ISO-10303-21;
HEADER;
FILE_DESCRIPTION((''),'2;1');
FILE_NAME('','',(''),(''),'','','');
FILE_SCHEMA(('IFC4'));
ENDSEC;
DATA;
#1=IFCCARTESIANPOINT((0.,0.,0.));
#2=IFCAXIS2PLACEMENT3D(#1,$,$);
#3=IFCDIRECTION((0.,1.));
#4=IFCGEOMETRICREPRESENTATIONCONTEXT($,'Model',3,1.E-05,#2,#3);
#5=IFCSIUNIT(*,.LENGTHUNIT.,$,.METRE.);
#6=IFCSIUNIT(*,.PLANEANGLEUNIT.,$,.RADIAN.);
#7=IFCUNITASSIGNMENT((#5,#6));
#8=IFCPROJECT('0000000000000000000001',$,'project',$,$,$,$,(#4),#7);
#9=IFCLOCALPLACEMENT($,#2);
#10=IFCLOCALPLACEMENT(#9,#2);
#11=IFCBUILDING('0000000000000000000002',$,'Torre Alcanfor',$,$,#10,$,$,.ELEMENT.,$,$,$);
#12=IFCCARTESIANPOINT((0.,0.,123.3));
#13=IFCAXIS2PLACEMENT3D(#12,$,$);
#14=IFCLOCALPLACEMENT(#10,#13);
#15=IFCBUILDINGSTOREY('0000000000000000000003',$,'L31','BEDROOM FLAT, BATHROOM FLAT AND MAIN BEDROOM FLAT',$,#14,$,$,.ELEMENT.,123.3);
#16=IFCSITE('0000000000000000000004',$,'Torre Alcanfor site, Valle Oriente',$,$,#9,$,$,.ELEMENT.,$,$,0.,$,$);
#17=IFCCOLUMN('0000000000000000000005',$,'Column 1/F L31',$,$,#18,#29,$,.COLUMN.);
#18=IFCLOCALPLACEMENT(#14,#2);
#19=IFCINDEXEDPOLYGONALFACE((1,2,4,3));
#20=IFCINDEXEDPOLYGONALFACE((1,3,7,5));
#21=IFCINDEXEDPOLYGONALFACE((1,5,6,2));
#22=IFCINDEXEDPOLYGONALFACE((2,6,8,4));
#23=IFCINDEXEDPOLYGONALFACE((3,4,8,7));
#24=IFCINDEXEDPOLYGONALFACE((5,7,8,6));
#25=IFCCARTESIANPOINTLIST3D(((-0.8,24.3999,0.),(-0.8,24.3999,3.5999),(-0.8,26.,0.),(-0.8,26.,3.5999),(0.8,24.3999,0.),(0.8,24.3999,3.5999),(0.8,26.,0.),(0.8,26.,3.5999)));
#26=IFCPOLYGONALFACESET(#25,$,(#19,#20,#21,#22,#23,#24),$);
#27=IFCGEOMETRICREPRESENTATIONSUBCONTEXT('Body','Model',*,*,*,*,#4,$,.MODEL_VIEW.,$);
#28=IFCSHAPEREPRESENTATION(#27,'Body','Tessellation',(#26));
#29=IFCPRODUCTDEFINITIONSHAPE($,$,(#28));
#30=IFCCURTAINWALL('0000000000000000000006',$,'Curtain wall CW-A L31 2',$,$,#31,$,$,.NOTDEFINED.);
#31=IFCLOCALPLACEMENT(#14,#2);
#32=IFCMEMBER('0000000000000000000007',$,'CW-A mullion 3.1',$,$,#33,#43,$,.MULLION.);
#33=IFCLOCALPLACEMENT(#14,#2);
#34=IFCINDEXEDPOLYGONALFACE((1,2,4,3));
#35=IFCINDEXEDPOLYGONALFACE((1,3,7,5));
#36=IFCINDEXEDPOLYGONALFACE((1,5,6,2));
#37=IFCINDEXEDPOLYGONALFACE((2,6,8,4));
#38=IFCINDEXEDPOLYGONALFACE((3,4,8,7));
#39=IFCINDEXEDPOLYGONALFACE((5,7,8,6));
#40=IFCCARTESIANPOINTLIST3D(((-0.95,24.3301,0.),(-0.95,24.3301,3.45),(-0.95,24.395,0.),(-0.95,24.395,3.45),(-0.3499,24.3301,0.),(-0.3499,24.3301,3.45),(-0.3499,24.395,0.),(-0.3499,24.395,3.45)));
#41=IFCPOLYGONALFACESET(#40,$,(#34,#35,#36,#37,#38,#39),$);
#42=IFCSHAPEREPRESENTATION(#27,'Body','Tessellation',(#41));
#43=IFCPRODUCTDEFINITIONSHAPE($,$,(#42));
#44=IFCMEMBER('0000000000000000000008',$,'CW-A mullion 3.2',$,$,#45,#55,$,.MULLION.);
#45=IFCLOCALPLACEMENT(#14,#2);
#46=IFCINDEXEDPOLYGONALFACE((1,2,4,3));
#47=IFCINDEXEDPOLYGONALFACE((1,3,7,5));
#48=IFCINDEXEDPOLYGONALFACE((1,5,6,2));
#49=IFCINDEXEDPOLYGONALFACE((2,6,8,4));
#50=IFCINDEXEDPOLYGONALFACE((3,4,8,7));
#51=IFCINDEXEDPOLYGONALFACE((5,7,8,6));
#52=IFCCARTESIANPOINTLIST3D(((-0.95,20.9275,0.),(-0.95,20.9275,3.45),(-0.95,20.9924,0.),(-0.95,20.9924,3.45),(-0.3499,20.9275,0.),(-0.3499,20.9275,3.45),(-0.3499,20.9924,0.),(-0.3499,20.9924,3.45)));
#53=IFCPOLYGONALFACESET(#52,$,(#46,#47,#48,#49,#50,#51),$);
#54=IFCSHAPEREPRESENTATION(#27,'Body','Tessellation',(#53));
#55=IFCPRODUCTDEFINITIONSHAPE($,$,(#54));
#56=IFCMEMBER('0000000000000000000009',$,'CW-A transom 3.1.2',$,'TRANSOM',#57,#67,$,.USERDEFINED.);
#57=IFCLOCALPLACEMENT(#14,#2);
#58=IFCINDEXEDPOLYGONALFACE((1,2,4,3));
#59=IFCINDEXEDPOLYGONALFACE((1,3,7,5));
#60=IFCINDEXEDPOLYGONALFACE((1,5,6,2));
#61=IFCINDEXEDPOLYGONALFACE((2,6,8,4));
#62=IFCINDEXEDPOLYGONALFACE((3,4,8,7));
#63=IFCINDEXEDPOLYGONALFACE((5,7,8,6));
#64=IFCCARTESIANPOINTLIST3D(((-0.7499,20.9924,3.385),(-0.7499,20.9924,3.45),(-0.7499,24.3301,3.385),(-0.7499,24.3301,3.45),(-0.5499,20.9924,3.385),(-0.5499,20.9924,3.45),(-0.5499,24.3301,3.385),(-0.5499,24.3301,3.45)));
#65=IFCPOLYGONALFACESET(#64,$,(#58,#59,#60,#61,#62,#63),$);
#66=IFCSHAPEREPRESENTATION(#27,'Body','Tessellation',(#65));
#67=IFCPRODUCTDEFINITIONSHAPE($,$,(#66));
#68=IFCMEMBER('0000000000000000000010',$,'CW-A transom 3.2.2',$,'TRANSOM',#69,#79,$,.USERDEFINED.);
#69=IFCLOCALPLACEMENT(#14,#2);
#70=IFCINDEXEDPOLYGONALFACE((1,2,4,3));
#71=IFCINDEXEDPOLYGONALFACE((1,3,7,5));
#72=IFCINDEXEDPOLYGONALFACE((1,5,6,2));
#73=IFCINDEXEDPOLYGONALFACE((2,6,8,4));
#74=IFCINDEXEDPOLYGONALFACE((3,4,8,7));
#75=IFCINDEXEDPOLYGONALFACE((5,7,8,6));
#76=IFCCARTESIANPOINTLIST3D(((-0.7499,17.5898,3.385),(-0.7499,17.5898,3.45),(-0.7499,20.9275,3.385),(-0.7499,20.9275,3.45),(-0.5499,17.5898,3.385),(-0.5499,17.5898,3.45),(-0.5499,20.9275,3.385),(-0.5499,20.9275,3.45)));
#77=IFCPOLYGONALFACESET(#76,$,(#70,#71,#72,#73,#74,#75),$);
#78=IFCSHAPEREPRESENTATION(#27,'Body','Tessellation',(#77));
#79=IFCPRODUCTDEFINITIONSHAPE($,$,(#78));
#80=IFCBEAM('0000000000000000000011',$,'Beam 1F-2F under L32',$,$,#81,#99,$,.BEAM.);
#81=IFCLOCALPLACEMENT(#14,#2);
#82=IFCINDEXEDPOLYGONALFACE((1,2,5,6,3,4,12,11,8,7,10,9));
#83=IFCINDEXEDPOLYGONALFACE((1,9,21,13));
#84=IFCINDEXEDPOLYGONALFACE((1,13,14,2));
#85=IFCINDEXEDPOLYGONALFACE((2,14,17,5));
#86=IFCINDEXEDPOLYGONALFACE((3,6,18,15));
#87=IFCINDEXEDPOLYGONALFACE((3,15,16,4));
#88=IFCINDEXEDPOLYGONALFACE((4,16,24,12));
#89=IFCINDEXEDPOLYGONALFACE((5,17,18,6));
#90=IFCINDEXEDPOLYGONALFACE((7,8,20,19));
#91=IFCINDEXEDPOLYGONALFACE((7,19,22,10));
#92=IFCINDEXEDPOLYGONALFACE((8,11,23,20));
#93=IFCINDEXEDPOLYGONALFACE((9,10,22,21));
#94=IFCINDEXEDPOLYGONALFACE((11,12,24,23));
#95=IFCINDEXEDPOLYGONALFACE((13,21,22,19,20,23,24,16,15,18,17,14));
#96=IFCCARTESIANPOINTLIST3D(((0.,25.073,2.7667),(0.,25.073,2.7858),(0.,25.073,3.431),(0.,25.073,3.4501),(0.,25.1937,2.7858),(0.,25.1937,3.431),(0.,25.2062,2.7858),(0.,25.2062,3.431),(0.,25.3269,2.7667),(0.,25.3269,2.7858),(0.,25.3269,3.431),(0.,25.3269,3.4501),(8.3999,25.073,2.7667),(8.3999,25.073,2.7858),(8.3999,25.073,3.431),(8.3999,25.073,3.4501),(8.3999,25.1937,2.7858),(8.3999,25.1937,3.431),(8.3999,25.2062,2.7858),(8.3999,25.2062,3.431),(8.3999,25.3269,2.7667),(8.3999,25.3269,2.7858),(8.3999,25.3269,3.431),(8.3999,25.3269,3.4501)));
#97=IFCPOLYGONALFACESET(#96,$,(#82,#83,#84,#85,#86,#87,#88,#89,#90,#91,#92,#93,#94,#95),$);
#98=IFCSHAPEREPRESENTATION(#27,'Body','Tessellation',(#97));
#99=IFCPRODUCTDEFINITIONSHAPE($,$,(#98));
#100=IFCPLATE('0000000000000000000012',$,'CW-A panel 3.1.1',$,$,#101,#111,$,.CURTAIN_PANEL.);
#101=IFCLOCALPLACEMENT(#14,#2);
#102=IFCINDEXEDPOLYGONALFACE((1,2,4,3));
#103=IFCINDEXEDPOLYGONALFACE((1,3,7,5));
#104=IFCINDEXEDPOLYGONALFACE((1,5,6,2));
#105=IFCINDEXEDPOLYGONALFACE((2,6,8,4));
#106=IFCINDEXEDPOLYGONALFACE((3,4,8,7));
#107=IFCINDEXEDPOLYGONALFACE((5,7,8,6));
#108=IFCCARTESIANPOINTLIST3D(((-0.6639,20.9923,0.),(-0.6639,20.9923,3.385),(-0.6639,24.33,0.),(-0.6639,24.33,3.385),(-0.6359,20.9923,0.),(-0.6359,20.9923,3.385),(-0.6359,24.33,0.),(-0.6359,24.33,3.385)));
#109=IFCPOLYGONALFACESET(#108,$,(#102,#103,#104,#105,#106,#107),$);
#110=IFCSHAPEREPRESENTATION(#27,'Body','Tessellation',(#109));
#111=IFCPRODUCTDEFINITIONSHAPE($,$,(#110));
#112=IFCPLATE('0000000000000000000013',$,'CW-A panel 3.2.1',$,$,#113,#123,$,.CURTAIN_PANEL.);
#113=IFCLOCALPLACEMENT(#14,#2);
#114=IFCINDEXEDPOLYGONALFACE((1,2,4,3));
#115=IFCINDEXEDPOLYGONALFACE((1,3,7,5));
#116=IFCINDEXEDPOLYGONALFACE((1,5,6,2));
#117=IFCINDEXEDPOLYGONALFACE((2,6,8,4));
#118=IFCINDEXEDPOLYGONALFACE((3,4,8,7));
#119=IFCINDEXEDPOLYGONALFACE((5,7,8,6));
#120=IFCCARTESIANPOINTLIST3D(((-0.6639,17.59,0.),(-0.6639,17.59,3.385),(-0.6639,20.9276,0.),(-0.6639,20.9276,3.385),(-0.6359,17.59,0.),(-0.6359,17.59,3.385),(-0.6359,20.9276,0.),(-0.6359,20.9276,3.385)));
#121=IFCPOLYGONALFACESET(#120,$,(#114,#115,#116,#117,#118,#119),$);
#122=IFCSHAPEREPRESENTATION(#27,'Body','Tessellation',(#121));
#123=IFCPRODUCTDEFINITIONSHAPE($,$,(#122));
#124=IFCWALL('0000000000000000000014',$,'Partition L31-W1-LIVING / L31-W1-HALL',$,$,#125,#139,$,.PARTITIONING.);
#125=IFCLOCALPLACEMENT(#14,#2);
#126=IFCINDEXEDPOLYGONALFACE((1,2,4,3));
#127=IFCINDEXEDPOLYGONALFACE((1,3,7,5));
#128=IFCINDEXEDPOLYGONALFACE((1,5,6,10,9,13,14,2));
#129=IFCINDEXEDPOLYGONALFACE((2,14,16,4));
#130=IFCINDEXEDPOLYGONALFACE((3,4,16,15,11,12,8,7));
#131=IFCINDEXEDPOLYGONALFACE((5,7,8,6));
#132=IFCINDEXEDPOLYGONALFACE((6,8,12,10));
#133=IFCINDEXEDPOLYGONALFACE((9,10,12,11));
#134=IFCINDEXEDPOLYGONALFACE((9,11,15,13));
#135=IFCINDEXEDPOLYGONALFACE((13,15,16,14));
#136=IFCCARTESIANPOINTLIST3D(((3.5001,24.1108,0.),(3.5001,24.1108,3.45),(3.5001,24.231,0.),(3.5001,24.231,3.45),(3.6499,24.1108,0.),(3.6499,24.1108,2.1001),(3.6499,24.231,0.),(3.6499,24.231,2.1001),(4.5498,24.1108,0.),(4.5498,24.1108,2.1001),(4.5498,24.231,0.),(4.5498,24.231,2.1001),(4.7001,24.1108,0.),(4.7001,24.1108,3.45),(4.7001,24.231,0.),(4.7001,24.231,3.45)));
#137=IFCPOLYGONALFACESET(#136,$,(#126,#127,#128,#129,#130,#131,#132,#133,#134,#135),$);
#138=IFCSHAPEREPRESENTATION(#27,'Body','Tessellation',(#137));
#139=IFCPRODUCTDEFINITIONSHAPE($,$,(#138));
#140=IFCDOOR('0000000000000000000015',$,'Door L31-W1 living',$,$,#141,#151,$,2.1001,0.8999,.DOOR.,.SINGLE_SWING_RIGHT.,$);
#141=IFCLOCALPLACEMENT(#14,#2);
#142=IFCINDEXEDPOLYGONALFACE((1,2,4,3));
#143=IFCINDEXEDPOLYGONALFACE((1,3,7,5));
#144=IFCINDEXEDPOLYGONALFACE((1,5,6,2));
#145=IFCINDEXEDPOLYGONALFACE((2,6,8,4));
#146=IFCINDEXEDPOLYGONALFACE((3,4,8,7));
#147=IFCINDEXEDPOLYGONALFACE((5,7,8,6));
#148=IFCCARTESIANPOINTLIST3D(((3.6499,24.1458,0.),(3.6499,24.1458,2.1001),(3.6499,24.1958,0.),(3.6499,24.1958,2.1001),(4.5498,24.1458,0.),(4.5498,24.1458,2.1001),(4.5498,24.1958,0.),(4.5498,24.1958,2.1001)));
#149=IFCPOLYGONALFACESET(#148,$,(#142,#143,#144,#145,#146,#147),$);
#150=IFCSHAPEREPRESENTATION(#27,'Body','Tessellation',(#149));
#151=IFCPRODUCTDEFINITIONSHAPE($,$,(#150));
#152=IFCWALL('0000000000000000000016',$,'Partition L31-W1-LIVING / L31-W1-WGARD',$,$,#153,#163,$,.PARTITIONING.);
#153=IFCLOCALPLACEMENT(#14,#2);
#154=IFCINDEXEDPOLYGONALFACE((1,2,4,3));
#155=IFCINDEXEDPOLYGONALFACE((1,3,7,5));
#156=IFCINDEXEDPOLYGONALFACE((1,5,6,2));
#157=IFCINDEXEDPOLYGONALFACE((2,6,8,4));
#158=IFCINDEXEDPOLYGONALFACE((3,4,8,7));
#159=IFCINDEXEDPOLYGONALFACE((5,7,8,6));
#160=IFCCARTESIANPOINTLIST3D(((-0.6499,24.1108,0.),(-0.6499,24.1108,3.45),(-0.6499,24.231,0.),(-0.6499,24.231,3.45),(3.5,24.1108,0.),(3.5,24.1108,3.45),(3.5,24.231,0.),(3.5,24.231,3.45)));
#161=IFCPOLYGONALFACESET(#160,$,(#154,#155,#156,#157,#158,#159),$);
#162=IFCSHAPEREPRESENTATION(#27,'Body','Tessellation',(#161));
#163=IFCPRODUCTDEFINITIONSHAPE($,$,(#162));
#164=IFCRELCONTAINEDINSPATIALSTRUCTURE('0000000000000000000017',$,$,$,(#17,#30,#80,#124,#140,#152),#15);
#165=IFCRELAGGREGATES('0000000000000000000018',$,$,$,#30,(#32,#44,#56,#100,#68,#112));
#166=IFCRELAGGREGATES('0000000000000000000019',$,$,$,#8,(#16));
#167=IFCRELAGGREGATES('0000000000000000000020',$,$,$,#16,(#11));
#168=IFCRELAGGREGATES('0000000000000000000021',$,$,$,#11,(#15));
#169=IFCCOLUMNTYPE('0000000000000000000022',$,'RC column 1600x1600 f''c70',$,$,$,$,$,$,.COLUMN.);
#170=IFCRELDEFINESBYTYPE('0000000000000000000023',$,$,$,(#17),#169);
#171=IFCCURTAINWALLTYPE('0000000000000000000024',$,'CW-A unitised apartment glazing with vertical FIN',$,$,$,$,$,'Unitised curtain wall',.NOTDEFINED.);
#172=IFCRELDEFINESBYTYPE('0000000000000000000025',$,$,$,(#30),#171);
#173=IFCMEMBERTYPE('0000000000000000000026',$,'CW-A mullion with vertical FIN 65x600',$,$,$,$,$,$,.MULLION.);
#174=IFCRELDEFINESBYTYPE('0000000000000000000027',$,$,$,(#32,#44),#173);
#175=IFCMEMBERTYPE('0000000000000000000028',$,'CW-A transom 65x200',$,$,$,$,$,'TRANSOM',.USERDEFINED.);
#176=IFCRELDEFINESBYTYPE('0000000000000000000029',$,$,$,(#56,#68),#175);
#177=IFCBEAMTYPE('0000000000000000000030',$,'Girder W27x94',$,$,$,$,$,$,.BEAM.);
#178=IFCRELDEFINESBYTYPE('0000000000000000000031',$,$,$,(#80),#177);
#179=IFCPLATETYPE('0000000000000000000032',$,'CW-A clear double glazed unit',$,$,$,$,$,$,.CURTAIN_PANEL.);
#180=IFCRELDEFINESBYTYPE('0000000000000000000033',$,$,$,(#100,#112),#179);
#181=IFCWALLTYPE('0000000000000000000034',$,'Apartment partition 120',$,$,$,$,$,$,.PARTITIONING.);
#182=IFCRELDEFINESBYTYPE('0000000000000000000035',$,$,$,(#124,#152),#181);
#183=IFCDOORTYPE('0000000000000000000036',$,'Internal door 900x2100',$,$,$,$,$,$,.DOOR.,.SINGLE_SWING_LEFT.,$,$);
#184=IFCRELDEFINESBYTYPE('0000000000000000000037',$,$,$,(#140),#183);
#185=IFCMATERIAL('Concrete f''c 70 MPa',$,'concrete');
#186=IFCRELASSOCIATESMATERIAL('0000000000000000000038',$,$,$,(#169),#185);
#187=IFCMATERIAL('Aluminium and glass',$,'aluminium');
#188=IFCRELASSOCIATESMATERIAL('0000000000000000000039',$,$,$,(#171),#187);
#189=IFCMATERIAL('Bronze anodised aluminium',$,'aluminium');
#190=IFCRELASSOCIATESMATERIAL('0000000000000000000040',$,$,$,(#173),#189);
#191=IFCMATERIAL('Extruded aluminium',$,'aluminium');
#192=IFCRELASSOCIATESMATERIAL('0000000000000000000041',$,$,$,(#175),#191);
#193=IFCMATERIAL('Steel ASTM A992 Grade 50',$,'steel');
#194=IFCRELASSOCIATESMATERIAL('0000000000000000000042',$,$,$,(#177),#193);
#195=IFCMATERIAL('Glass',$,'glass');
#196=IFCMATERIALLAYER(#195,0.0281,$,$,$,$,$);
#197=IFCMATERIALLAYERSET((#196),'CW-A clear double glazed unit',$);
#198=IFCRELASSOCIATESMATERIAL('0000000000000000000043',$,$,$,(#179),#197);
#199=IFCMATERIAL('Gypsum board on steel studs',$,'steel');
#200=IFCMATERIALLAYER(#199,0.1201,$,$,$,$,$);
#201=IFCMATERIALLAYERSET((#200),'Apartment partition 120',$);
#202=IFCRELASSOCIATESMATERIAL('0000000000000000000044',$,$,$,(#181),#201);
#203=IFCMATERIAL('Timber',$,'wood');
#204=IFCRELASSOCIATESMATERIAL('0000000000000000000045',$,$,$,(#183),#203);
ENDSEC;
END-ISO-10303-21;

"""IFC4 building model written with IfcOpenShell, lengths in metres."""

from ifc_helpers import new_model, si_unit, direction, frame, frame_2d, origin, origin_2d, place, context, subcontext, project, spatial, rectangle, i_section, extrude, material, layer, layer_set, material_profile, profile_set, type_object, element, fill, aggregate, save


model = new_model("IFC4")

# Units and contexts
model_context = context("Model", 3, precision=1e-05, world=origin(), true_north=direction((0.0, 1.0)))
body_context = subcontext(model_context, "Body", "Model", "MODEL_VIEW")
ifc_project = project(units=[si_unit("LENGTHUNIT", "METRE"), si_unit("PLANEANGLEUNIT", "RADIAN")], contexts=[model_context])

# Site, building, storey
site_placement = place(None, origin())
site = spatial("IfcSite", under=ifc_project, at=site_placement, Name="Torre Alcanfor site, Valle Oriente", CompositionType="ELEMENT", RefElevation=0.0)
building_placement = place(site_placement, origin())
building = spatial("IfcBuilding", under=site, at=building_placement, Name="Torre Alcanfor", CompositionType="ELEMENT")
storey_placement = place(building_placement, frame((0.0, 0.0, 123.3)))
storey = spatial("IfcBuildingStorey", under=building, at=storey_placement, Name="L31", Description="BEDROOM FLAT, BATHROOM FLAT AND MAIN BEDROOM FLAT", CompositionType="ELEMENT", Elevation=123.3)

# Column
ifc_material_1 = material(Name="Concrete f'c 70 MPa", Category="concrete")
ifc_material_profile_1 = material_profile(ifc_material_1, rectangle(XDim=1.6001, YDim=1.6001, at=origin_2d()), Name="1600x1600")
ifc_profile_set_1 = profile_set([ifc_material_profile_1], Name="Concrete f'c 70 MPa")
column_type = type_object("IfcColumnType", Name="RC column 1600x1600 f'c70", PredefinedType="COLUMN", material=ifc_profile_set_1)
column_placement = place(storey_placement, frame((0.0, 25.2, 0.0), z_axis=(0.0, 0.0, 1.0), x_axis=(1.0, 0.0, 0.0)))
element("IfcColumn", 1, at=column_placement, inside=storey, type_object=column_type, Name="Column 1/F L31", PredefinedType="COLUMN", context=body_context, shape_type="SweptSolid", body=[
    extrude(rectangle(XDim=1.6001, YDim=1.6001, at=origin_2d()), origin(), (0.0, 0.0, 1.0), 3.5999),
])

# Curtain wall, members
ifc_material_2 = material(Name="Aluminium and glass", Category="aluminium")
curtain_wall_type = type_object("IfcCurtainWallType", Name="CW-A unitised apartment glazing with vertical FIN", ElementType="Unitised curtain wall", PredefinedType="NOTDEFINED", material=ifc_material_2)
curtain_wall_placement = place(storey_placement, origin())
curtain_wall = element("IfcCurtainWall", 2, at=curtain_wall_placement, inside=storey, type_object=curtain_wall_type, Name="Curtain wall CW-A L31 2", PredefinedType="NOTDEFINED")
ifc_material_3 = material(Name="Bronze anodised aluminium", Category="aluminium")
ifc_material_profile_2 = material_profile(ifc_material_3, rectangle(XDim=0.6001, YDim=0.0649, at=origin_2d()), Name="CW-A mullion 65x600")
ifc_profile_set_2 = profile_set([ifc_material_profile_2], Name="Bronze anodised aluminium")
member_type_1 = type_object("IfcMemberType", Name="CW-A mullion with vertical FIN 65x600", PredefinedType="MULLION", material=ifc_profile_set_2)
member_1_placement = place(storey_placement, frame((-0.6499, 24.3625, 0.0), z_axis=(0.0, 0.0, 1.0), x_axis=(1.0, 0.0, 0.0)))
member_1 = element("IfcMember", 3, at=member_1_placement, type_object=member_type_1, Name="CW-A mullion 3.1", PredefinedType="MULLION", context=body_context, shape_type="SweptSolid", body=[
    extrude(rectangle(XDim=0.6001, YDim=0.0649, at=origin_2d()), origin(), (0.0, 0.0, 1.0), 3.45),
])
member_2_placement = place(storey_placement, frame((-0.6499, 20.96, 0.0), z_axis=(0.0, 0.0, 1.0), x_axis=(1.0, 0.0, 0.0)))
member_2 = element("IfcMember", 4, at=member_2_placement, type_object=member_type_1, Name="CW-A mullion 3.2", PredefinedType="MULLION", context=body_context, shape_type="SweptSolid", body=[
    extrude(rectangle(XDim=0.6001, YDim=0.0649, at=origin_2d()), origin(), (0.0, 0.0, 1.0), 3.45),
])
ifc_material_4 = material(Name="Extruded aluminium", Category="aluminium")
ifc_material_profile_3 = material_profile(ifc_material_4, rectangle(XDim=0.2, YDim=0.0649, at=origin_2d()), Name="CW-A transom 200x65")
ifc_profile_set_3 = profile_set([ifc_material_profile_3], Name="Extruded aluminium")
member_type_2 = type_object("IfcMemberType", Name="CW-A transom 65x200", ElementType="TRANSOM", PredefinedType="USERDEFINED", material=ifc_profile_set_3)
member_3_placement = place(storey_placement, frame((-0.6499, 24.3301, 3.4175), z_axis=(0.0, -1.0, 0.0), x_axis=(1.0, 0.0, 0.0)))
member_3 = element("IfcMember", 5, at=member_3_placement, type_object=member_type_2, Name="CW-A transom 3.1.2", ObjectType="TRANSOM", PredefinedType="USERDEFINED", context=body_context, shape_type="SweptSolid", body=[
    extrude(rectangle(XDim=0.2, YDim=0.0649, at=origin_2d()), origin(), (0.0, 0.0, 1.0), 3.3376),
])
member_4_placement = place(storey_placement, frame((-0.6499, 20.9275, 3.4175), z_axis=(0.0, -1.0, 0.0), x_axis=(1.0, 0.0, 0.0)))
member_4 = element("IfcMember", 6, at=member_4_placement, type_object=member_type_2, Name="CW-A transom 3.2.2", ObjectType="TRANSOM", PredefinedType="USERDEFINED", context=body_context, shape_type="SweptSolid", body=[
    extrude(rectangle(XDim=0.2, YDim=0.0649, at=origin_2d()), origin(), (0.0, 0.0, 1.0), 3.3376),
])

# Beam
ifc_material_5 = material(Name="Steel ASTM A992 Grade 50", Category="steel")
ifc_material_profile_4 = material_profile(ifc_material_5, i_section(OverallWidth=0.2539, OverallDepth=0.6833, WebThickness=0.0125, FlangeThickness=0.019, at=origin_2d()), Name="W27x94")
ifc_profile_set_4 = profile_set([ifc_material_profile_4], Name="Steel ASTM A992 Grade 50")
beam_type = type_object("IfcBeamType", Name="Girder W27x94", PredefinedType="BEAM", material=ifc_profile_set_4)
beam_placement = place(storey_placement, frame((0.0, 25.2, 3.1084), z_axis=(1.0, 0.0, 0.0), x_axis=(0.0, 1.0, 0.0)))
element("IfcBeam", 7, at=beam_placement, inside=storey, type_object=beam_type, Name="Beam 1F-2F under L32", PredefinedType="BEAM", context=body_context, shape_type="SweptSolid", body=[
    extrude(i_section(OverallWidth=0.2539, OverallDepth=0.6833, WebThickness=0.0125, FlangeThickness=0.019, at=origin_2d()), origin(), (0.0, 0.0, 1.0), 8.3999),
])

# Plates
ifc_material_6 = material(Name="Glass", Category="glass")
ifc_layer_1 = layer(ifc_material_6, 0.0281)
ifc_layer_set_1 = layer_set([ifc_layer_1], Name="CW-A clear double glazed unit")
plate_type = type_object("IfcPlateType", Name="CW-A clear double glazed unit", PredefinedType="CURTAIN_PANEL", material=ifc_layer_set_1)
plate_1_placement = place(storey_placement, frame((-0.6499, 22.6611, 0.0), z_axis=(0.0, 0.0, 1.0), x_axis=(0.0, -1.0, 0.0)))
plate_1 = element("IfcPlate", 8, at=plate_1_placement, type_object=plate_type, Name="CW-A panel 3.1.1", PredefinedType="CURTAIN_PANEL", context=body_context, shape_type="SweptSolid", body=[
    extrude(rectangle(XDim=3.3376, YDim=0.0281, at=origin_2d()), origin(), (0.0, 0.0, 1.0), 3.385),
])
plate_2_placement = place(storey_placement, frame((-0.6499, 19.2588, 0.0), z_axis=(0.0, 0.0, 1.0), x_axis=(0.0, -1.0, 0.0)))
plate_2 = element("IfcPlate", 9, at=plate_2_placement, type_object=plate_type, Name="CW-A panel 3.2.1", PredefinedType="CURTAIN_PANEL", context=body_context, shape_type="SweptSolid", body=[
    extrude(rectangle(XDim=3.3376, YDim=0.0281, at=origin_2d()), origin(), (0.0, 0.0, 1.0), 3.385),
])
aggregate(curtain_wall, [member_1, member_2, member_3, plate_1, member_4, plate_2])

# Wall, opening, door
ifc_material_7 = material(Name="Gypsum board on steel studs", Category="steel")
ifc_layer_2 = layer(ifc_material_7, 0.1201)
ifc_layer_set_2 = layer_set([ifc_layer_2], Name="Apartment partition 120")
wall_type = type_object("IfcWallType", Name="Apartment partition 120", PredefinedType="PARTITIONING", material=ifc_layer_set_2)
wall_1_placement = place(storey_placement, frame((3.5, 24.1709, 0.0), z_axis=(0.0, 0.0, 1.0), x_axis=(1.0, 0.0, 0.0)))
wall_1 = element("IfcWall", 10, at=wall_1_placement, inside=storey, type_object=wall_type, Name="Partition L31-W1-LIVING / L31-W1-HALL", PredefinedType="PARTITIONING", context=body_context, shape_type="SweptSolid", body=[
    extrude(rectangle(XDim=1.2, YDim=0.1201, at=frame_2d((0.6001, 0.0))), origin(), (0.0, 0.0, 1.0), 3.45),
])
opening_1_placement = place(wall_1_placement, frame((0.1499, 0.0, 0.0)))
opening_1 = element("IfcOpeningElement", 11, at=opening_1_placement, cuts=wall_1, PredefinedType="OPENING", context=body_context, shape_type="SweptSolid", body=[
    extrude(rectangle(XDim=0.8999, YDim=2.1001, at=frame_2d((0.45, 1.05))), frame((0.0, 0.0701, 0.0), z_axis=(0.0, -1.0, 0.0), x_axis=(1.0, 0.0, 0.0)), (0.0, 0.0, 1.0), 0.1401),
])
ifc_material_8 = material(Name="Timber", Category="wood")
door_type = type_object("IfcDoorType", Name="Internal door 900x2100", OperationType="SINGLE_SWING_LEFT", PredefinedType="DOOR", material=ifc_material_8)
door_1_placement = place(opening_1_placement, origin())
door_1 = element("IfcDoor", 12, at=door_1_placement, inside=storey, type_object=door_type, Name="Door L31-W1 living", OperationType="SINGLE_SWING_RIGHT", OverallHeight=2.1001, OverallWidth=0.8999, PredefinedType="DOOR", context=body_context, shape_type="SweptSolid", body=[
    extrude(rectangle(XDim=0.8999, YDim=2.1001, at=frame_2d((0.45, 1.05))), frame((0.0, 0.0249, 0.0), z_axis=(0.0, -1.0, 0.0), x_axis=(1.0, 0.0, 0.0)), (0.0, 0.0, 1.0), 0.05),
])
fill(opening_1, door_1)

# Wall
wall_2_placement = place(storey_placement, frame((-0.6499, 24.1709, 0.0), z_axis=(0.0, 0.0, 1.0), x_axis=(1.0, 0.0, 0.0)))
element("IfcWall", 13, at=wall_2_placement, inside=storey, type_object=wall_type, Name="Partition L31-W1-LIVING / L31-W1-WGARD", PredefinedType="PARTITIONING", context=body_context, shape_type="SweptSolid", body=[
    extrude(rectangle(XDim=4.1499, YDim=0.1201, at=frame_2d((2.075, 0.0))), origin(), (0.0, 0.0, 1.0), 3.45),
])

save(model, "model.ifc")
